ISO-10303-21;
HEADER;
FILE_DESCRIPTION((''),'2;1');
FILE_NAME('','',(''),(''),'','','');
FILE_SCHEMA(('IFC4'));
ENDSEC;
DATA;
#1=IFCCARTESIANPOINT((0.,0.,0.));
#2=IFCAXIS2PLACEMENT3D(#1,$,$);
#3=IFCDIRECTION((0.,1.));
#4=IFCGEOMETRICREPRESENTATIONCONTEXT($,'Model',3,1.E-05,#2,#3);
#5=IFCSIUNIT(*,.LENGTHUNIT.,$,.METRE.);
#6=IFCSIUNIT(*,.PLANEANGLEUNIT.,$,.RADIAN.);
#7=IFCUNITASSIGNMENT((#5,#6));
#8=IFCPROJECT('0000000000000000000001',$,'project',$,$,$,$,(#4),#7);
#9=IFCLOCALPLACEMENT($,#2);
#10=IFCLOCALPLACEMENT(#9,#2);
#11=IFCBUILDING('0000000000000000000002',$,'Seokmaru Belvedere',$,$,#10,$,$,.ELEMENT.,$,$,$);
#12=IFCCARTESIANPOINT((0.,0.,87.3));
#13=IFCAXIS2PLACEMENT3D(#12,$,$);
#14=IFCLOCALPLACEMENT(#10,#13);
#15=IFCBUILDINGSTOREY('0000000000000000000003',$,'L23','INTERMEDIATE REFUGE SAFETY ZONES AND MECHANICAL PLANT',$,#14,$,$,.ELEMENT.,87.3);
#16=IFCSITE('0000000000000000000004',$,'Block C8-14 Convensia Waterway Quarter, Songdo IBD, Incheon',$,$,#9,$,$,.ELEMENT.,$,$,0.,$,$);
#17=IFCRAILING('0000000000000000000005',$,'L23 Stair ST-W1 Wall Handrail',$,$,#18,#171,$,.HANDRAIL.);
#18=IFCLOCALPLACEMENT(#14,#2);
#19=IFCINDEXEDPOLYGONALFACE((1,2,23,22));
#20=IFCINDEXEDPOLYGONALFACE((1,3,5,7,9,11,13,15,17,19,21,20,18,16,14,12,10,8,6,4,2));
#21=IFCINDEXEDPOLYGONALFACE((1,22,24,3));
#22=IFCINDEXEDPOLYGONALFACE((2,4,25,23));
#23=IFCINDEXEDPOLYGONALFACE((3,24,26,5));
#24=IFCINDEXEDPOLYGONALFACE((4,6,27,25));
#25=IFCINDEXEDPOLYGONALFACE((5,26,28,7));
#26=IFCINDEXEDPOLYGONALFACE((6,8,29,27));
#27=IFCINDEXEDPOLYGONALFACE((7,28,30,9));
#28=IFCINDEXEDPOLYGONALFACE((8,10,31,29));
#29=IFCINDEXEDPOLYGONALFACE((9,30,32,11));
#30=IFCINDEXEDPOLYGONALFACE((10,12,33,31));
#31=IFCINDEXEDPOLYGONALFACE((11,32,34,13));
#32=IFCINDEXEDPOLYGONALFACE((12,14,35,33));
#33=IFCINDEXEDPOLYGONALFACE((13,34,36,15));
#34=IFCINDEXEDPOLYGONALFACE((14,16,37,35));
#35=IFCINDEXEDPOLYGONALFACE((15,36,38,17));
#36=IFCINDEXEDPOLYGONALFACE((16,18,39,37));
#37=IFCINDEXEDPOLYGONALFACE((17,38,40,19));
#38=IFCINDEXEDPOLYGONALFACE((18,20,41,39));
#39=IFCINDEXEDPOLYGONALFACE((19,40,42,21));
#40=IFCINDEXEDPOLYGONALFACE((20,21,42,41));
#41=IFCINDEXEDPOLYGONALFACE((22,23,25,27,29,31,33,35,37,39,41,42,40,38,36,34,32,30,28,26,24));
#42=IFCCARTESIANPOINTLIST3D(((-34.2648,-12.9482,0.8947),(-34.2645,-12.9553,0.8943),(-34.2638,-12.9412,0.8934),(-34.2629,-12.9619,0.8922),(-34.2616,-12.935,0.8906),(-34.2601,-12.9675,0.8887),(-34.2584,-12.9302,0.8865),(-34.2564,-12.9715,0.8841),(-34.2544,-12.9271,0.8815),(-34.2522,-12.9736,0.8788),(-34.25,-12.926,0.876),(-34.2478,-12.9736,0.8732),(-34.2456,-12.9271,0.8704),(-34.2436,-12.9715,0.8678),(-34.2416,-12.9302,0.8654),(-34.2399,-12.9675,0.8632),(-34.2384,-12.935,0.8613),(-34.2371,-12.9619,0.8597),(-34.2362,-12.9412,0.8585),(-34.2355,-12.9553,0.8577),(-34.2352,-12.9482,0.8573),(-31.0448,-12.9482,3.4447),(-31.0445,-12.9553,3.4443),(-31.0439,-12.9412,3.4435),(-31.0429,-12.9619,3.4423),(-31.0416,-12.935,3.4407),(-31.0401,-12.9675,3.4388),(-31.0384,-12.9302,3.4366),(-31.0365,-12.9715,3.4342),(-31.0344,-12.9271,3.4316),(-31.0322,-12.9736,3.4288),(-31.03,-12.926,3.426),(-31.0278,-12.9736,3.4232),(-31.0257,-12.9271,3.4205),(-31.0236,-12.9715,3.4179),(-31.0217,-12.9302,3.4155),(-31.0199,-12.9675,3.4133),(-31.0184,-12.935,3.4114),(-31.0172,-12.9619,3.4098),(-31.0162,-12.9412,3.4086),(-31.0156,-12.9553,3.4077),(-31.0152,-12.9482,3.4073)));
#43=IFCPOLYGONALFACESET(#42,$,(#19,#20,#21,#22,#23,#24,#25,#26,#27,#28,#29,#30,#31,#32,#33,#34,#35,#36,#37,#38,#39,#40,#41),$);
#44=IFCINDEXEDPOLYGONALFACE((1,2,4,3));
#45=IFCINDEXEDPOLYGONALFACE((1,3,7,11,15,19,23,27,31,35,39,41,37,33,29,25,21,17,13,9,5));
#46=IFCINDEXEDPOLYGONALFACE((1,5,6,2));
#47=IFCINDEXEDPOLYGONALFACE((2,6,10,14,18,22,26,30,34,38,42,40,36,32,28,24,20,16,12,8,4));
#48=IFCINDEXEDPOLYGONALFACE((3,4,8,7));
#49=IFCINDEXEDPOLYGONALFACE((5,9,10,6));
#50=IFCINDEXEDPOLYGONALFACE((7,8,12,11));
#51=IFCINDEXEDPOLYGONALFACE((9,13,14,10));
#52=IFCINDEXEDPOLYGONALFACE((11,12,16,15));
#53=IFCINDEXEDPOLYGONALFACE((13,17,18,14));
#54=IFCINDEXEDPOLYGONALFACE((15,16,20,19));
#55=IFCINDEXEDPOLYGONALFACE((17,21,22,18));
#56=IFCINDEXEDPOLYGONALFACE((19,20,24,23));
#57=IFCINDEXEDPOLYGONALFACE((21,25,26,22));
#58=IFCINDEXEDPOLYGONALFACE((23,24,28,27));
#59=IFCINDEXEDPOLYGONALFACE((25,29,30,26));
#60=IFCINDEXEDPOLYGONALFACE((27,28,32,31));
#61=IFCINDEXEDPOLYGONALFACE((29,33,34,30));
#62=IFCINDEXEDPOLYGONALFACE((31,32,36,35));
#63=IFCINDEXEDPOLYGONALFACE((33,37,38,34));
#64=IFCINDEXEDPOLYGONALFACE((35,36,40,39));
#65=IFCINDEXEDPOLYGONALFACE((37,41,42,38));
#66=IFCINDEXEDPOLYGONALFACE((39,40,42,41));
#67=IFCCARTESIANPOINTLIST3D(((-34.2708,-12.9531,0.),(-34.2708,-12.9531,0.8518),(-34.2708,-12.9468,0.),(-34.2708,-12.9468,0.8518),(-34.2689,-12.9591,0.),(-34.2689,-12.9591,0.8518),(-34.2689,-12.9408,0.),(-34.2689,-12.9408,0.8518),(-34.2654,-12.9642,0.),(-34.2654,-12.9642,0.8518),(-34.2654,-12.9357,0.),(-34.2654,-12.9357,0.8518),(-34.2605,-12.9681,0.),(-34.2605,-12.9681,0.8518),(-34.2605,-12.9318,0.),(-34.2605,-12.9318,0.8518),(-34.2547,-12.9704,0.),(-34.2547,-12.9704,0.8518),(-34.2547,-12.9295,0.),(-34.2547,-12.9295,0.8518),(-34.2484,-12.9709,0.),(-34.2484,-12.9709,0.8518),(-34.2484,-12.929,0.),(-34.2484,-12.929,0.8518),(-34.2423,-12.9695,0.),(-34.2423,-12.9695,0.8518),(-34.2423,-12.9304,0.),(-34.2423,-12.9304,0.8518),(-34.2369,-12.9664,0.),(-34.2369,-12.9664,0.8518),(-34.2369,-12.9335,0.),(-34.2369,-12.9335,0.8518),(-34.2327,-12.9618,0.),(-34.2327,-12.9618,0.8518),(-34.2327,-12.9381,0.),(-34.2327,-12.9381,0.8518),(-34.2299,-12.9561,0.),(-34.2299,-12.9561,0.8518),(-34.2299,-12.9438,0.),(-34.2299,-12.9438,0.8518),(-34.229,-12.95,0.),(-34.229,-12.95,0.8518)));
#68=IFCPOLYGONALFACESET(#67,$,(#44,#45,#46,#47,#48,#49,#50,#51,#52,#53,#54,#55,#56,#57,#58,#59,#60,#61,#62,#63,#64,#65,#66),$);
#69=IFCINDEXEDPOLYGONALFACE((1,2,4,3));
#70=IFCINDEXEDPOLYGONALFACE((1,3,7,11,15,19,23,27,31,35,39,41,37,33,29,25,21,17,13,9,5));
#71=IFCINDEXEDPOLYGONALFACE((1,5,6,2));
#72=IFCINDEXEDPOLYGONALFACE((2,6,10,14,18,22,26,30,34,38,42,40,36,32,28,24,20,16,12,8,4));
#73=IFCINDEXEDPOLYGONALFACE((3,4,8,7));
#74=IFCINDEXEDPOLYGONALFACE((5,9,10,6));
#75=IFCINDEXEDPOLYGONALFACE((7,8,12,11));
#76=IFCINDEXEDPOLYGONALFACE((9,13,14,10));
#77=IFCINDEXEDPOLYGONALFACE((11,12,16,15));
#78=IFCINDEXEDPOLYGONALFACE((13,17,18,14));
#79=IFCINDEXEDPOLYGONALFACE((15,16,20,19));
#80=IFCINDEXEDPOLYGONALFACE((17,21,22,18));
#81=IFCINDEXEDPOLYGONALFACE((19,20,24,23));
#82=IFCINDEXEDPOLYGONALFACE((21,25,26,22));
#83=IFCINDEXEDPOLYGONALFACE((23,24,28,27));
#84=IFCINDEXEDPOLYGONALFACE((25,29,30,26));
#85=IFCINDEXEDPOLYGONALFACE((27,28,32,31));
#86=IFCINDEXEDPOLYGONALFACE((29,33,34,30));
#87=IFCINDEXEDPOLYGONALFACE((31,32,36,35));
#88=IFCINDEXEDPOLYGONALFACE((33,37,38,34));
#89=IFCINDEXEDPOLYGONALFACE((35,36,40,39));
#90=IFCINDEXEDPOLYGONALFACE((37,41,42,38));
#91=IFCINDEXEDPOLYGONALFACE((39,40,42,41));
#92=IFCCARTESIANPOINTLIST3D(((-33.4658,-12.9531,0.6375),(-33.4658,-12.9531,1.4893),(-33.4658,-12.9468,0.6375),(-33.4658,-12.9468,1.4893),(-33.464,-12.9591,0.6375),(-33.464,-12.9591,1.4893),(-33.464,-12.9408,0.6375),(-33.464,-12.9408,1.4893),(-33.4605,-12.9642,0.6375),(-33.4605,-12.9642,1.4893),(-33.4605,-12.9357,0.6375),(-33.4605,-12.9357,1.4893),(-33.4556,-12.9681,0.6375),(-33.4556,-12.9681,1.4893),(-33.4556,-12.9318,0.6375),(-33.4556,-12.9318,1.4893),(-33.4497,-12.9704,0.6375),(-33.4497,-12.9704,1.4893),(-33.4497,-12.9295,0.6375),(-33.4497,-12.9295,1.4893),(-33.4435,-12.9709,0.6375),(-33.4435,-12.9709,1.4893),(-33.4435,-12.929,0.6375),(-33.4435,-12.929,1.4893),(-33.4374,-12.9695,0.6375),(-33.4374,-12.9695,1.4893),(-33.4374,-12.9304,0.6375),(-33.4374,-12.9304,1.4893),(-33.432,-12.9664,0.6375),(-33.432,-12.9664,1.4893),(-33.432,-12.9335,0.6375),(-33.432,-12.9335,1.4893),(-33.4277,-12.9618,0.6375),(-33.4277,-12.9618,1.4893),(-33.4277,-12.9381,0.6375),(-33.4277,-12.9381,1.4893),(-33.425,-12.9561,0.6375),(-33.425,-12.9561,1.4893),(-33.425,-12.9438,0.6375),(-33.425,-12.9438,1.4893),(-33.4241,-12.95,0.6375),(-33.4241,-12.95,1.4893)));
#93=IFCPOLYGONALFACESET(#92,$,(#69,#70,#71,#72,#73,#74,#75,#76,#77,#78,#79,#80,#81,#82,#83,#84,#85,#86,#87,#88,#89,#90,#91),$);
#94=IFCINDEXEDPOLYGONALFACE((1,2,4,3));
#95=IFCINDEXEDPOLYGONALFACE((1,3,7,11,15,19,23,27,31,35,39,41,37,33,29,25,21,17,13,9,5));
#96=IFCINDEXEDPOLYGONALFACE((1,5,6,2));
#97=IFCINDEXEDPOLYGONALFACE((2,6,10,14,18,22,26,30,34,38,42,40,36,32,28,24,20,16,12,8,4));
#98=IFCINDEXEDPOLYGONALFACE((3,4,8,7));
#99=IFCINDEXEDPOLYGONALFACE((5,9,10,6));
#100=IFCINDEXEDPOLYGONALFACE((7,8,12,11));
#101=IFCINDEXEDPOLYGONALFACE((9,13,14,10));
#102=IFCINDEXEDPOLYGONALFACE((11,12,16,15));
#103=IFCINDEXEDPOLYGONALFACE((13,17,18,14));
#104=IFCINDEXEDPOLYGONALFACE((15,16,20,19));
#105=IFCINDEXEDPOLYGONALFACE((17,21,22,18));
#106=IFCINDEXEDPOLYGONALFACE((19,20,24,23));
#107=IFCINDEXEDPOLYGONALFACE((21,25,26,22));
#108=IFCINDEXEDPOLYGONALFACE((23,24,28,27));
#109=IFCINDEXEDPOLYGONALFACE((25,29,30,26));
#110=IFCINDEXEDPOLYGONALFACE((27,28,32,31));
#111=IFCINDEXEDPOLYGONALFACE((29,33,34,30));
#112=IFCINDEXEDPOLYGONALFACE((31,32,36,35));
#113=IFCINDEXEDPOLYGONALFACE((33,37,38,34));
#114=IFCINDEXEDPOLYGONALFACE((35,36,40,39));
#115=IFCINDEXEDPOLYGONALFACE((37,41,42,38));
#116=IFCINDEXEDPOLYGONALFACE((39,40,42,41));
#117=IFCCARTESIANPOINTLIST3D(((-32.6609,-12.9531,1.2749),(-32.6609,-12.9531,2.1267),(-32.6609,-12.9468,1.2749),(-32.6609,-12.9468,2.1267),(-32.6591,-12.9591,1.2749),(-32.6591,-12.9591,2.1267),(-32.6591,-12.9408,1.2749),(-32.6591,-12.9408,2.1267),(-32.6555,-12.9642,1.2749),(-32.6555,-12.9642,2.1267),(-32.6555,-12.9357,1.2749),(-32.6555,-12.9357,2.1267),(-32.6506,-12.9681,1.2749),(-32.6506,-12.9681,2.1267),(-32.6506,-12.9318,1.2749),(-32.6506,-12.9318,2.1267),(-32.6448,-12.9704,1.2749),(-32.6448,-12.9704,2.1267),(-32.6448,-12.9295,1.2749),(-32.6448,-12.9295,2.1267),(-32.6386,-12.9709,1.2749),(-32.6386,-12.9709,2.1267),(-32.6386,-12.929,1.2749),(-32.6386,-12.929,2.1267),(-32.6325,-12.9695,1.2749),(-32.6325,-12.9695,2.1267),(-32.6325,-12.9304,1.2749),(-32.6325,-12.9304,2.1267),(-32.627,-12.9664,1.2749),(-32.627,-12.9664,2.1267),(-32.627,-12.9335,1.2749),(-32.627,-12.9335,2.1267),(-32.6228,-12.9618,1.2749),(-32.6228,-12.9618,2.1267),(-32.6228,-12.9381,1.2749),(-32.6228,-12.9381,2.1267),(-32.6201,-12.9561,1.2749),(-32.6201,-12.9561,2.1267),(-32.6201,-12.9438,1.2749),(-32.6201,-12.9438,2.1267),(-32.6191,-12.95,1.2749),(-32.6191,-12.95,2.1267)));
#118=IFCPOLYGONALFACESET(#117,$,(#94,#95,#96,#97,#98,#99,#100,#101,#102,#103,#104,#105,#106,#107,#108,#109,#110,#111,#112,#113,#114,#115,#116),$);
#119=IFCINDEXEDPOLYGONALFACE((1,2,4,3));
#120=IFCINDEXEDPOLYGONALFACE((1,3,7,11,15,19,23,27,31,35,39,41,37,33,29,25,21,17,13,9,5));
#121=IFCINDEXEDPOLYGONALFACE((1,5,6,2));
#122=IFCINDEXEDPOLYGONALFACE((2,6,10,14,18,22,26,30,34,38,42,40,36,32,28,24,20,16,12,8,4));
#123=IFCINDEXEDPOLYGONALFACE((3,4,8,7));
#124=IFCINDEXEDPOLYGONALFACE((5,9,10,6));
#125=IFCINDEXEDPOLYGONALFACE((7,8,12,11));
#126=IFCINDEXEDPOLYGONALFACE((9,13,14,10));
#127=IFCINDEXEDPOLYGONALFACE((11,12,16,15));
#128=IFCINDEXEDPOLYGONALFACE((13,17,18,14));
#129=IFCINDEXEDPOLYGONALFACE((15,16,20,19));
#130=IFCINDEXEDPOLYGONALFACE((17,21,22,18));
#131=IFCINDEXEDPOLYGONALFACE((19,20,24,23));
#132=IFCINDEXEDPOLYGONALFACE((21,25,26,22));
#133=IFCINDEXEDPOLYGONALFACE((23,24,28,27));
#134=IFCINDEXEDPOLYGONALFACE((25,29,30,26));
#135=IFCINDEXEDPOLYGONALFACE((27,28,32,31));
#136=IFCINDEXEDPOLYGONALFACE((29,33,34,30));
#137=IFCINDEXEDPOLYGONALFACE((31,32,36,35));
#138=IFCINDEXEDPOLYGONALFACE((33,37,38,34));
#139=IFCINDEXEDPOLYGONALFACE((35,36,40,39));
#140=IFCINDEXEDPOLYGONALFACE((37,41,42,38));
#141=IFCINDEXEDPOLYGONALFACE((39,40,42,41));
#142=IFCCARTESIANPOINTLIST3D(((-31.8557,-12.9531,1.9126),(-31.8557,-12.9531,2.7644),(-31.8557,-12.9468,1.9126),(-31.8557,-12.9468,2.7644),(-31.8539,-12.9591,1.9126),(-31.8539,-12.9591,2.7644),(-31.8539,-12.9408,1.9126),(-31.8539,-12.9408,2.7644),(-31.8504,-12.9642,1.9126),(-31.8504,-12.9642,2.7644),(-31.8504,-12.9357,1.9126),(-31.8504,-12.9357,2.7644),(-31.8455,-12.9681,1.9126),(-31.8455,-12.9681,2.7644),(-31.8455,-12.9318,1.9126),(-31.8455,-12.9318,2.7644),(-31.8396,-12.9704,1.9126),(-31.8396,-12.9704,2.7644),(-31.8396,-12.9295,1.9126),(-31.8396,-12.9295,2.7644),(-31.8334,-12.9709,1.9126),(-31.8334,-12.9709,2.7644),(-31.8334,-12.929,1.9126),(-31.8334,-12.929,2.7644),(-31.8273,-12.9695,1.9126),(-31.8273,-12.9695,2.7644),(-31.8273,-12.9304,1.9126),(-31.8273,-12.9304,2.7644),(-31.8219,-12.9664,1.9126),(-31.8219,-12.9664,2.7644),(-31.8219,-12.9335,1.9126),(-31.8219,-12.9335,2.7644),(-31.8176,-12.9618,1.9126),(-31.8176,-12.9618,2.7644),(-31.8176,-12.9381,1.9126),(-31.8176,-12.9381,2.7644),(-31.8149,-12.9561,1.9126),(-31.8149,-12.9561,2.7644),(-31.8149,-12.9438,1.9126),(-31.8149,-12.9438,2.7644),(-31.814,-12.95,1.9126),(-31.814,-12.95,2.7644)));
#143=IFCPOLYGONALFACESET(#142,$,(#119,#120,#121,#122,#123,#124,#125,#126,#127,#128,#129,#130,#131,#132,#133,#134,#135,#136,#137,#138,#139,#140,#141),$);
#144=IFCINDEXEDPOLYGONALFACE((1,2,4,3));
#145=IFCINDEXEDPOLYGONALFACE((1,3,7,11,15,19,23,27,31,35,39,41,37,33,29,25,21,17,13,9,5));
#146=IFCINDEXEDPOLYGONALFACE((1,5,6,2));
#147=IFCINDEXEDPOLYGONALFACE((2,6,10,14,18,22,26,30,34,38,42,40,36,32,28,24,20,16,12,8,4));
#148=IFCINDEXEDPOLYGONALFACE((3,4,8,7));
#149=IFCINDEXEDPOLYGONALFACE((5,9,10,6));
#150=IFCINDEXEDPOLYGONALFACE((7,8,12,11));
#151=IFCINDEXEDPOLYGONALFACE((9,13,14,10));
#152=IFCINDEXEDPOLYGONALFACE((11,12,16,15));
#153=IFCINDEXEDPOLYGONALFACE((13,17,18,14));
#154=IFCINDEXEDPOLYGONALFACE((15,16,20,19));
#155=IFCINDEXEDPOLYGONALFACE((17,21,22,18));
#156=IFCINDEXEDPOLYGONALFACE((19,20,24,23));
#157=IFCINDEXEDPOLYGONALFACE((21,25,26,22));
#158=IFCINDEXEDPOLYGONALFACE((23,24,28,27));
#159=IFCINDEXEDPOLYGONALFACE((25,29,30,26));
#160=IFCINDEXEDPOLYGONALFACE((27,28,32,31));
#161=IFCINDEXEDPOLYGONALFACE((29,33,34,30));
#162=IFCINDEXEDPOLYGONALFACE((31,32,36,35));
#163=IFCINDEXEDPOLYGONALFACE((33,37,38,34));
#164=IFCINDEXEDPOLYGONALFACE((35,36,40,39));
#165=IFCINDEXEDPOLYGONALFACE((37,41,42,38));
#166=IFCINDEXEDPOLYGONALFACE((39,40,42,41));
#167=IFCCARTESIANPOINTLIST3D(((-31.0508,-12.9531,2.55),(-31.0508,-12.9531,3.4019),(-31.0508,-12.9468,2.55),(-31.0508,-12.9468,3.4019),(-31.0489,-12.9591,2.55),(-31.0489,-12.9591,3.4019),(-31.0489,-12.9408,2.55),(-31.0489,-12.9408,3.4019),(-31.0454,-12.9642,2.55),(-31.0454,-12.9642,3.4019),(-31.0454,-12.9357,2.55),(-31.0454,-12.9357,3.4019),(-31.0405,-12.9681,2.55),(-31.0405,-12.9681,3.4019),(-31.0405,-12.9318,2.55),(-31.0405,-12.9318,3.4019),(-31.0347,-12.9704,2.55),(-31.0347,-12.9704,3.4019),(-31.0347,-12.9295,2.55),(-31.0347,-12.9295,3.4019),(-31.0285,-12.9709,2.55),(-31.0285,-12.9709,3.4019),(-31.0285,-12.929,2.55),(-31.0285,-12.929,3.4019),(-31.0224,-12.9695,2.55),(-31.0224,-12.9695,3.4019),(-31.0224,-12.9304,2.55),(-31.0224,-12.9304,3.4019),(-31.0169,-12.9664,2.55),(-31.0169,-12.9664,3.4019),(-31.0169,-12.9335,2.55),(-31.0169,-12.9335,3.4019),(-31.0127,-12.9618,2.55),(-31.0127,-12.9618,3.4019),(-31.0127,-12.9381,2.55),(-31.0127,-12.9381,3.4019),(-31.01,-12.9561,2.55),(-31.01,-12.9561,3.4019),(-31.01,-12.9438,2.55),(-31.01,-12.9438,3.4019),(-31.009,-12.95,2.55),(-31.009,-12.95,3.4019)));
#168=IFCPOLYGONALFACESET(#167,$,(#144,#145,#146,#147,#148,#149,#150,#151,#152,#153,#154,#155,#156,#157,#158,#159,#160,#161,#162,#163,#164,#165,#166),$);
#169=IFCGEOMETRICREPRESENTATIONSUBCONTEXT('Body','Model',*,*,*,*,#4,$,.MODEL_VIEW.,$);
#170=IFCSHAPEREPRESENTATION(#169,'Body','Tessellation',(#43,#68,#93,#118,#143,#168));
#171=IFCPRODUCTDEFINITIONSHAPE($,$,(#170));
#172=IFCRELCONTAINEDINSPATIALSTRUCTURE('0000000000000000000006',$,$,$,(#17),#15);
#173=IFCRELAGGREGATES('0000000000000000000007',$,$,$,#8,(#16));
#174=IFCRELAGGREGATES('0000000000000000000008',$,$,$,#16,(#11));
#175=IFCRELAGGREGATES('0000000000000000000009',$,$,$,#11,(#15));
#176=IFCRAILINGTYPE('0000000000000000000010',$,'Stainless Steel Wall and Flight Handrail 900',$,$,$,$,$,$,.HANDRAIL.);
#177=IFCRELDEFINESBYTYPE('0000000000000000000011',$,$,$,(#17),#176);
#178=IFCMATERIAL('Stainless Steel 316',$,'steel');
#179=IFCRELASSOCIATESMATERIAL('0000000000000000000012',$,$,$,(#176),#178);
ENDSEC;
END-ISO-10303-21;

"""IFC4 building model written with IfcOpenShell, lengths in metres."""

from ifc_helpers import new_model, si_unit, direction, frame, origin, origin_2d, place, context, subcontext, project, spatial, circle, extrude, material, type_object, element, save


model = new_model("IFC4")

# Units and contexts
model_context = context("Model", 3, precision=1e-05, world=origin(), true_north=direction((0.0, 1.0)))
body_context = subcontext(model_context, "Body", "Model", "MODEL_VIEW")
ifc_project = project(units=[si_unit("LENGTHUNIT", "METRE"), si_unit("PLANEANGLEUNIT", "RADIAN")], contexts=[model_context])

# Site, building, storey
site_placement = place(None, origin())
site = spatial("IfcSite", under=ifc_project, at=site_placement, Name="Block C8-14 Convensia Waterway Quarter, Songdo IBD, Incheon", CompositionType="ELEMENT", RefElevation=0.0)
building_placement = place(site_placement, origin())
building = spatial("IfcBuilding", under=site, at=building_placement, Name="Seokmaru Belvedere", CompositionType="ELEMENT")
storey_placement = place(building_placement, frame((0.0, 0.0, 87.3)))
storey = spatial("IfcBuildingStorey", under=building, at=storey_placement, Name="L23", Description="INTERMEDIATE REFUGE SAFETY ZONES AND MECHANICAL PLANT", CompositionType="ELEMENT", Elevation=87.3)

# Railing
ifc_material_1 = material(Name="Stainless Steel 316", Category="steel")
railing_type_1 = type_object("IfcRailingType", Name="Stainless Steel Wall and Flight Handrail 900", PredefinedType="HANDRAIL", material=ifc_material_1)
railing_1_placement = place(storey_placement, frame((-34.25, -12.95, 0.0)))
element("IfcRailing", 1, at=railing_1_placement, inside=storey, type_object=railing_type_1, Name="L23 Stair ST-W1 Wall Handrail", PredefinedType="HANDRAIL", context=body_context, shape_type="SweptSolid", body=[
    extrude(circle(Radius=0.0239, at=origin_2d()), frame((0.0, 0.0, 0.876), z_axis=(0.783939, 0.0, 0.620838), x_axis=(0.0, 1.0, 0.0)), (0.0, 0.0, 1.0), 4.1074),
    extrude(circle(Radius=0.021, at=origin_2d()), origin(), (0.0, 0.0, 1.0), 0.8518),
    extrude(circle(Radius=0.021, at=origin_2d()), frame((0.8049, 0.0, 0.6375)), (0.0, 0.0, 1.0), 0.8518),
    extrude(circle(Radius=0.021, at=origin_2d()), frame((1.6099, 0.0, 1.2749)), (0.0, 0.0, 1.0), 0.8518),
    extrude(circle(Radius=0.021, at=origin_2d()), frame((2.415, 0.0, 1.9126)), (0.0, 0.0, 1.0), 0.8518),
    extrude(circle(Radius=0.021, at=origin_2d()), frame((3.22, 0.0, 2.55)), (0.0, 0.0, 1.0), 0.8518),
])

save(model, "model.ifc")
